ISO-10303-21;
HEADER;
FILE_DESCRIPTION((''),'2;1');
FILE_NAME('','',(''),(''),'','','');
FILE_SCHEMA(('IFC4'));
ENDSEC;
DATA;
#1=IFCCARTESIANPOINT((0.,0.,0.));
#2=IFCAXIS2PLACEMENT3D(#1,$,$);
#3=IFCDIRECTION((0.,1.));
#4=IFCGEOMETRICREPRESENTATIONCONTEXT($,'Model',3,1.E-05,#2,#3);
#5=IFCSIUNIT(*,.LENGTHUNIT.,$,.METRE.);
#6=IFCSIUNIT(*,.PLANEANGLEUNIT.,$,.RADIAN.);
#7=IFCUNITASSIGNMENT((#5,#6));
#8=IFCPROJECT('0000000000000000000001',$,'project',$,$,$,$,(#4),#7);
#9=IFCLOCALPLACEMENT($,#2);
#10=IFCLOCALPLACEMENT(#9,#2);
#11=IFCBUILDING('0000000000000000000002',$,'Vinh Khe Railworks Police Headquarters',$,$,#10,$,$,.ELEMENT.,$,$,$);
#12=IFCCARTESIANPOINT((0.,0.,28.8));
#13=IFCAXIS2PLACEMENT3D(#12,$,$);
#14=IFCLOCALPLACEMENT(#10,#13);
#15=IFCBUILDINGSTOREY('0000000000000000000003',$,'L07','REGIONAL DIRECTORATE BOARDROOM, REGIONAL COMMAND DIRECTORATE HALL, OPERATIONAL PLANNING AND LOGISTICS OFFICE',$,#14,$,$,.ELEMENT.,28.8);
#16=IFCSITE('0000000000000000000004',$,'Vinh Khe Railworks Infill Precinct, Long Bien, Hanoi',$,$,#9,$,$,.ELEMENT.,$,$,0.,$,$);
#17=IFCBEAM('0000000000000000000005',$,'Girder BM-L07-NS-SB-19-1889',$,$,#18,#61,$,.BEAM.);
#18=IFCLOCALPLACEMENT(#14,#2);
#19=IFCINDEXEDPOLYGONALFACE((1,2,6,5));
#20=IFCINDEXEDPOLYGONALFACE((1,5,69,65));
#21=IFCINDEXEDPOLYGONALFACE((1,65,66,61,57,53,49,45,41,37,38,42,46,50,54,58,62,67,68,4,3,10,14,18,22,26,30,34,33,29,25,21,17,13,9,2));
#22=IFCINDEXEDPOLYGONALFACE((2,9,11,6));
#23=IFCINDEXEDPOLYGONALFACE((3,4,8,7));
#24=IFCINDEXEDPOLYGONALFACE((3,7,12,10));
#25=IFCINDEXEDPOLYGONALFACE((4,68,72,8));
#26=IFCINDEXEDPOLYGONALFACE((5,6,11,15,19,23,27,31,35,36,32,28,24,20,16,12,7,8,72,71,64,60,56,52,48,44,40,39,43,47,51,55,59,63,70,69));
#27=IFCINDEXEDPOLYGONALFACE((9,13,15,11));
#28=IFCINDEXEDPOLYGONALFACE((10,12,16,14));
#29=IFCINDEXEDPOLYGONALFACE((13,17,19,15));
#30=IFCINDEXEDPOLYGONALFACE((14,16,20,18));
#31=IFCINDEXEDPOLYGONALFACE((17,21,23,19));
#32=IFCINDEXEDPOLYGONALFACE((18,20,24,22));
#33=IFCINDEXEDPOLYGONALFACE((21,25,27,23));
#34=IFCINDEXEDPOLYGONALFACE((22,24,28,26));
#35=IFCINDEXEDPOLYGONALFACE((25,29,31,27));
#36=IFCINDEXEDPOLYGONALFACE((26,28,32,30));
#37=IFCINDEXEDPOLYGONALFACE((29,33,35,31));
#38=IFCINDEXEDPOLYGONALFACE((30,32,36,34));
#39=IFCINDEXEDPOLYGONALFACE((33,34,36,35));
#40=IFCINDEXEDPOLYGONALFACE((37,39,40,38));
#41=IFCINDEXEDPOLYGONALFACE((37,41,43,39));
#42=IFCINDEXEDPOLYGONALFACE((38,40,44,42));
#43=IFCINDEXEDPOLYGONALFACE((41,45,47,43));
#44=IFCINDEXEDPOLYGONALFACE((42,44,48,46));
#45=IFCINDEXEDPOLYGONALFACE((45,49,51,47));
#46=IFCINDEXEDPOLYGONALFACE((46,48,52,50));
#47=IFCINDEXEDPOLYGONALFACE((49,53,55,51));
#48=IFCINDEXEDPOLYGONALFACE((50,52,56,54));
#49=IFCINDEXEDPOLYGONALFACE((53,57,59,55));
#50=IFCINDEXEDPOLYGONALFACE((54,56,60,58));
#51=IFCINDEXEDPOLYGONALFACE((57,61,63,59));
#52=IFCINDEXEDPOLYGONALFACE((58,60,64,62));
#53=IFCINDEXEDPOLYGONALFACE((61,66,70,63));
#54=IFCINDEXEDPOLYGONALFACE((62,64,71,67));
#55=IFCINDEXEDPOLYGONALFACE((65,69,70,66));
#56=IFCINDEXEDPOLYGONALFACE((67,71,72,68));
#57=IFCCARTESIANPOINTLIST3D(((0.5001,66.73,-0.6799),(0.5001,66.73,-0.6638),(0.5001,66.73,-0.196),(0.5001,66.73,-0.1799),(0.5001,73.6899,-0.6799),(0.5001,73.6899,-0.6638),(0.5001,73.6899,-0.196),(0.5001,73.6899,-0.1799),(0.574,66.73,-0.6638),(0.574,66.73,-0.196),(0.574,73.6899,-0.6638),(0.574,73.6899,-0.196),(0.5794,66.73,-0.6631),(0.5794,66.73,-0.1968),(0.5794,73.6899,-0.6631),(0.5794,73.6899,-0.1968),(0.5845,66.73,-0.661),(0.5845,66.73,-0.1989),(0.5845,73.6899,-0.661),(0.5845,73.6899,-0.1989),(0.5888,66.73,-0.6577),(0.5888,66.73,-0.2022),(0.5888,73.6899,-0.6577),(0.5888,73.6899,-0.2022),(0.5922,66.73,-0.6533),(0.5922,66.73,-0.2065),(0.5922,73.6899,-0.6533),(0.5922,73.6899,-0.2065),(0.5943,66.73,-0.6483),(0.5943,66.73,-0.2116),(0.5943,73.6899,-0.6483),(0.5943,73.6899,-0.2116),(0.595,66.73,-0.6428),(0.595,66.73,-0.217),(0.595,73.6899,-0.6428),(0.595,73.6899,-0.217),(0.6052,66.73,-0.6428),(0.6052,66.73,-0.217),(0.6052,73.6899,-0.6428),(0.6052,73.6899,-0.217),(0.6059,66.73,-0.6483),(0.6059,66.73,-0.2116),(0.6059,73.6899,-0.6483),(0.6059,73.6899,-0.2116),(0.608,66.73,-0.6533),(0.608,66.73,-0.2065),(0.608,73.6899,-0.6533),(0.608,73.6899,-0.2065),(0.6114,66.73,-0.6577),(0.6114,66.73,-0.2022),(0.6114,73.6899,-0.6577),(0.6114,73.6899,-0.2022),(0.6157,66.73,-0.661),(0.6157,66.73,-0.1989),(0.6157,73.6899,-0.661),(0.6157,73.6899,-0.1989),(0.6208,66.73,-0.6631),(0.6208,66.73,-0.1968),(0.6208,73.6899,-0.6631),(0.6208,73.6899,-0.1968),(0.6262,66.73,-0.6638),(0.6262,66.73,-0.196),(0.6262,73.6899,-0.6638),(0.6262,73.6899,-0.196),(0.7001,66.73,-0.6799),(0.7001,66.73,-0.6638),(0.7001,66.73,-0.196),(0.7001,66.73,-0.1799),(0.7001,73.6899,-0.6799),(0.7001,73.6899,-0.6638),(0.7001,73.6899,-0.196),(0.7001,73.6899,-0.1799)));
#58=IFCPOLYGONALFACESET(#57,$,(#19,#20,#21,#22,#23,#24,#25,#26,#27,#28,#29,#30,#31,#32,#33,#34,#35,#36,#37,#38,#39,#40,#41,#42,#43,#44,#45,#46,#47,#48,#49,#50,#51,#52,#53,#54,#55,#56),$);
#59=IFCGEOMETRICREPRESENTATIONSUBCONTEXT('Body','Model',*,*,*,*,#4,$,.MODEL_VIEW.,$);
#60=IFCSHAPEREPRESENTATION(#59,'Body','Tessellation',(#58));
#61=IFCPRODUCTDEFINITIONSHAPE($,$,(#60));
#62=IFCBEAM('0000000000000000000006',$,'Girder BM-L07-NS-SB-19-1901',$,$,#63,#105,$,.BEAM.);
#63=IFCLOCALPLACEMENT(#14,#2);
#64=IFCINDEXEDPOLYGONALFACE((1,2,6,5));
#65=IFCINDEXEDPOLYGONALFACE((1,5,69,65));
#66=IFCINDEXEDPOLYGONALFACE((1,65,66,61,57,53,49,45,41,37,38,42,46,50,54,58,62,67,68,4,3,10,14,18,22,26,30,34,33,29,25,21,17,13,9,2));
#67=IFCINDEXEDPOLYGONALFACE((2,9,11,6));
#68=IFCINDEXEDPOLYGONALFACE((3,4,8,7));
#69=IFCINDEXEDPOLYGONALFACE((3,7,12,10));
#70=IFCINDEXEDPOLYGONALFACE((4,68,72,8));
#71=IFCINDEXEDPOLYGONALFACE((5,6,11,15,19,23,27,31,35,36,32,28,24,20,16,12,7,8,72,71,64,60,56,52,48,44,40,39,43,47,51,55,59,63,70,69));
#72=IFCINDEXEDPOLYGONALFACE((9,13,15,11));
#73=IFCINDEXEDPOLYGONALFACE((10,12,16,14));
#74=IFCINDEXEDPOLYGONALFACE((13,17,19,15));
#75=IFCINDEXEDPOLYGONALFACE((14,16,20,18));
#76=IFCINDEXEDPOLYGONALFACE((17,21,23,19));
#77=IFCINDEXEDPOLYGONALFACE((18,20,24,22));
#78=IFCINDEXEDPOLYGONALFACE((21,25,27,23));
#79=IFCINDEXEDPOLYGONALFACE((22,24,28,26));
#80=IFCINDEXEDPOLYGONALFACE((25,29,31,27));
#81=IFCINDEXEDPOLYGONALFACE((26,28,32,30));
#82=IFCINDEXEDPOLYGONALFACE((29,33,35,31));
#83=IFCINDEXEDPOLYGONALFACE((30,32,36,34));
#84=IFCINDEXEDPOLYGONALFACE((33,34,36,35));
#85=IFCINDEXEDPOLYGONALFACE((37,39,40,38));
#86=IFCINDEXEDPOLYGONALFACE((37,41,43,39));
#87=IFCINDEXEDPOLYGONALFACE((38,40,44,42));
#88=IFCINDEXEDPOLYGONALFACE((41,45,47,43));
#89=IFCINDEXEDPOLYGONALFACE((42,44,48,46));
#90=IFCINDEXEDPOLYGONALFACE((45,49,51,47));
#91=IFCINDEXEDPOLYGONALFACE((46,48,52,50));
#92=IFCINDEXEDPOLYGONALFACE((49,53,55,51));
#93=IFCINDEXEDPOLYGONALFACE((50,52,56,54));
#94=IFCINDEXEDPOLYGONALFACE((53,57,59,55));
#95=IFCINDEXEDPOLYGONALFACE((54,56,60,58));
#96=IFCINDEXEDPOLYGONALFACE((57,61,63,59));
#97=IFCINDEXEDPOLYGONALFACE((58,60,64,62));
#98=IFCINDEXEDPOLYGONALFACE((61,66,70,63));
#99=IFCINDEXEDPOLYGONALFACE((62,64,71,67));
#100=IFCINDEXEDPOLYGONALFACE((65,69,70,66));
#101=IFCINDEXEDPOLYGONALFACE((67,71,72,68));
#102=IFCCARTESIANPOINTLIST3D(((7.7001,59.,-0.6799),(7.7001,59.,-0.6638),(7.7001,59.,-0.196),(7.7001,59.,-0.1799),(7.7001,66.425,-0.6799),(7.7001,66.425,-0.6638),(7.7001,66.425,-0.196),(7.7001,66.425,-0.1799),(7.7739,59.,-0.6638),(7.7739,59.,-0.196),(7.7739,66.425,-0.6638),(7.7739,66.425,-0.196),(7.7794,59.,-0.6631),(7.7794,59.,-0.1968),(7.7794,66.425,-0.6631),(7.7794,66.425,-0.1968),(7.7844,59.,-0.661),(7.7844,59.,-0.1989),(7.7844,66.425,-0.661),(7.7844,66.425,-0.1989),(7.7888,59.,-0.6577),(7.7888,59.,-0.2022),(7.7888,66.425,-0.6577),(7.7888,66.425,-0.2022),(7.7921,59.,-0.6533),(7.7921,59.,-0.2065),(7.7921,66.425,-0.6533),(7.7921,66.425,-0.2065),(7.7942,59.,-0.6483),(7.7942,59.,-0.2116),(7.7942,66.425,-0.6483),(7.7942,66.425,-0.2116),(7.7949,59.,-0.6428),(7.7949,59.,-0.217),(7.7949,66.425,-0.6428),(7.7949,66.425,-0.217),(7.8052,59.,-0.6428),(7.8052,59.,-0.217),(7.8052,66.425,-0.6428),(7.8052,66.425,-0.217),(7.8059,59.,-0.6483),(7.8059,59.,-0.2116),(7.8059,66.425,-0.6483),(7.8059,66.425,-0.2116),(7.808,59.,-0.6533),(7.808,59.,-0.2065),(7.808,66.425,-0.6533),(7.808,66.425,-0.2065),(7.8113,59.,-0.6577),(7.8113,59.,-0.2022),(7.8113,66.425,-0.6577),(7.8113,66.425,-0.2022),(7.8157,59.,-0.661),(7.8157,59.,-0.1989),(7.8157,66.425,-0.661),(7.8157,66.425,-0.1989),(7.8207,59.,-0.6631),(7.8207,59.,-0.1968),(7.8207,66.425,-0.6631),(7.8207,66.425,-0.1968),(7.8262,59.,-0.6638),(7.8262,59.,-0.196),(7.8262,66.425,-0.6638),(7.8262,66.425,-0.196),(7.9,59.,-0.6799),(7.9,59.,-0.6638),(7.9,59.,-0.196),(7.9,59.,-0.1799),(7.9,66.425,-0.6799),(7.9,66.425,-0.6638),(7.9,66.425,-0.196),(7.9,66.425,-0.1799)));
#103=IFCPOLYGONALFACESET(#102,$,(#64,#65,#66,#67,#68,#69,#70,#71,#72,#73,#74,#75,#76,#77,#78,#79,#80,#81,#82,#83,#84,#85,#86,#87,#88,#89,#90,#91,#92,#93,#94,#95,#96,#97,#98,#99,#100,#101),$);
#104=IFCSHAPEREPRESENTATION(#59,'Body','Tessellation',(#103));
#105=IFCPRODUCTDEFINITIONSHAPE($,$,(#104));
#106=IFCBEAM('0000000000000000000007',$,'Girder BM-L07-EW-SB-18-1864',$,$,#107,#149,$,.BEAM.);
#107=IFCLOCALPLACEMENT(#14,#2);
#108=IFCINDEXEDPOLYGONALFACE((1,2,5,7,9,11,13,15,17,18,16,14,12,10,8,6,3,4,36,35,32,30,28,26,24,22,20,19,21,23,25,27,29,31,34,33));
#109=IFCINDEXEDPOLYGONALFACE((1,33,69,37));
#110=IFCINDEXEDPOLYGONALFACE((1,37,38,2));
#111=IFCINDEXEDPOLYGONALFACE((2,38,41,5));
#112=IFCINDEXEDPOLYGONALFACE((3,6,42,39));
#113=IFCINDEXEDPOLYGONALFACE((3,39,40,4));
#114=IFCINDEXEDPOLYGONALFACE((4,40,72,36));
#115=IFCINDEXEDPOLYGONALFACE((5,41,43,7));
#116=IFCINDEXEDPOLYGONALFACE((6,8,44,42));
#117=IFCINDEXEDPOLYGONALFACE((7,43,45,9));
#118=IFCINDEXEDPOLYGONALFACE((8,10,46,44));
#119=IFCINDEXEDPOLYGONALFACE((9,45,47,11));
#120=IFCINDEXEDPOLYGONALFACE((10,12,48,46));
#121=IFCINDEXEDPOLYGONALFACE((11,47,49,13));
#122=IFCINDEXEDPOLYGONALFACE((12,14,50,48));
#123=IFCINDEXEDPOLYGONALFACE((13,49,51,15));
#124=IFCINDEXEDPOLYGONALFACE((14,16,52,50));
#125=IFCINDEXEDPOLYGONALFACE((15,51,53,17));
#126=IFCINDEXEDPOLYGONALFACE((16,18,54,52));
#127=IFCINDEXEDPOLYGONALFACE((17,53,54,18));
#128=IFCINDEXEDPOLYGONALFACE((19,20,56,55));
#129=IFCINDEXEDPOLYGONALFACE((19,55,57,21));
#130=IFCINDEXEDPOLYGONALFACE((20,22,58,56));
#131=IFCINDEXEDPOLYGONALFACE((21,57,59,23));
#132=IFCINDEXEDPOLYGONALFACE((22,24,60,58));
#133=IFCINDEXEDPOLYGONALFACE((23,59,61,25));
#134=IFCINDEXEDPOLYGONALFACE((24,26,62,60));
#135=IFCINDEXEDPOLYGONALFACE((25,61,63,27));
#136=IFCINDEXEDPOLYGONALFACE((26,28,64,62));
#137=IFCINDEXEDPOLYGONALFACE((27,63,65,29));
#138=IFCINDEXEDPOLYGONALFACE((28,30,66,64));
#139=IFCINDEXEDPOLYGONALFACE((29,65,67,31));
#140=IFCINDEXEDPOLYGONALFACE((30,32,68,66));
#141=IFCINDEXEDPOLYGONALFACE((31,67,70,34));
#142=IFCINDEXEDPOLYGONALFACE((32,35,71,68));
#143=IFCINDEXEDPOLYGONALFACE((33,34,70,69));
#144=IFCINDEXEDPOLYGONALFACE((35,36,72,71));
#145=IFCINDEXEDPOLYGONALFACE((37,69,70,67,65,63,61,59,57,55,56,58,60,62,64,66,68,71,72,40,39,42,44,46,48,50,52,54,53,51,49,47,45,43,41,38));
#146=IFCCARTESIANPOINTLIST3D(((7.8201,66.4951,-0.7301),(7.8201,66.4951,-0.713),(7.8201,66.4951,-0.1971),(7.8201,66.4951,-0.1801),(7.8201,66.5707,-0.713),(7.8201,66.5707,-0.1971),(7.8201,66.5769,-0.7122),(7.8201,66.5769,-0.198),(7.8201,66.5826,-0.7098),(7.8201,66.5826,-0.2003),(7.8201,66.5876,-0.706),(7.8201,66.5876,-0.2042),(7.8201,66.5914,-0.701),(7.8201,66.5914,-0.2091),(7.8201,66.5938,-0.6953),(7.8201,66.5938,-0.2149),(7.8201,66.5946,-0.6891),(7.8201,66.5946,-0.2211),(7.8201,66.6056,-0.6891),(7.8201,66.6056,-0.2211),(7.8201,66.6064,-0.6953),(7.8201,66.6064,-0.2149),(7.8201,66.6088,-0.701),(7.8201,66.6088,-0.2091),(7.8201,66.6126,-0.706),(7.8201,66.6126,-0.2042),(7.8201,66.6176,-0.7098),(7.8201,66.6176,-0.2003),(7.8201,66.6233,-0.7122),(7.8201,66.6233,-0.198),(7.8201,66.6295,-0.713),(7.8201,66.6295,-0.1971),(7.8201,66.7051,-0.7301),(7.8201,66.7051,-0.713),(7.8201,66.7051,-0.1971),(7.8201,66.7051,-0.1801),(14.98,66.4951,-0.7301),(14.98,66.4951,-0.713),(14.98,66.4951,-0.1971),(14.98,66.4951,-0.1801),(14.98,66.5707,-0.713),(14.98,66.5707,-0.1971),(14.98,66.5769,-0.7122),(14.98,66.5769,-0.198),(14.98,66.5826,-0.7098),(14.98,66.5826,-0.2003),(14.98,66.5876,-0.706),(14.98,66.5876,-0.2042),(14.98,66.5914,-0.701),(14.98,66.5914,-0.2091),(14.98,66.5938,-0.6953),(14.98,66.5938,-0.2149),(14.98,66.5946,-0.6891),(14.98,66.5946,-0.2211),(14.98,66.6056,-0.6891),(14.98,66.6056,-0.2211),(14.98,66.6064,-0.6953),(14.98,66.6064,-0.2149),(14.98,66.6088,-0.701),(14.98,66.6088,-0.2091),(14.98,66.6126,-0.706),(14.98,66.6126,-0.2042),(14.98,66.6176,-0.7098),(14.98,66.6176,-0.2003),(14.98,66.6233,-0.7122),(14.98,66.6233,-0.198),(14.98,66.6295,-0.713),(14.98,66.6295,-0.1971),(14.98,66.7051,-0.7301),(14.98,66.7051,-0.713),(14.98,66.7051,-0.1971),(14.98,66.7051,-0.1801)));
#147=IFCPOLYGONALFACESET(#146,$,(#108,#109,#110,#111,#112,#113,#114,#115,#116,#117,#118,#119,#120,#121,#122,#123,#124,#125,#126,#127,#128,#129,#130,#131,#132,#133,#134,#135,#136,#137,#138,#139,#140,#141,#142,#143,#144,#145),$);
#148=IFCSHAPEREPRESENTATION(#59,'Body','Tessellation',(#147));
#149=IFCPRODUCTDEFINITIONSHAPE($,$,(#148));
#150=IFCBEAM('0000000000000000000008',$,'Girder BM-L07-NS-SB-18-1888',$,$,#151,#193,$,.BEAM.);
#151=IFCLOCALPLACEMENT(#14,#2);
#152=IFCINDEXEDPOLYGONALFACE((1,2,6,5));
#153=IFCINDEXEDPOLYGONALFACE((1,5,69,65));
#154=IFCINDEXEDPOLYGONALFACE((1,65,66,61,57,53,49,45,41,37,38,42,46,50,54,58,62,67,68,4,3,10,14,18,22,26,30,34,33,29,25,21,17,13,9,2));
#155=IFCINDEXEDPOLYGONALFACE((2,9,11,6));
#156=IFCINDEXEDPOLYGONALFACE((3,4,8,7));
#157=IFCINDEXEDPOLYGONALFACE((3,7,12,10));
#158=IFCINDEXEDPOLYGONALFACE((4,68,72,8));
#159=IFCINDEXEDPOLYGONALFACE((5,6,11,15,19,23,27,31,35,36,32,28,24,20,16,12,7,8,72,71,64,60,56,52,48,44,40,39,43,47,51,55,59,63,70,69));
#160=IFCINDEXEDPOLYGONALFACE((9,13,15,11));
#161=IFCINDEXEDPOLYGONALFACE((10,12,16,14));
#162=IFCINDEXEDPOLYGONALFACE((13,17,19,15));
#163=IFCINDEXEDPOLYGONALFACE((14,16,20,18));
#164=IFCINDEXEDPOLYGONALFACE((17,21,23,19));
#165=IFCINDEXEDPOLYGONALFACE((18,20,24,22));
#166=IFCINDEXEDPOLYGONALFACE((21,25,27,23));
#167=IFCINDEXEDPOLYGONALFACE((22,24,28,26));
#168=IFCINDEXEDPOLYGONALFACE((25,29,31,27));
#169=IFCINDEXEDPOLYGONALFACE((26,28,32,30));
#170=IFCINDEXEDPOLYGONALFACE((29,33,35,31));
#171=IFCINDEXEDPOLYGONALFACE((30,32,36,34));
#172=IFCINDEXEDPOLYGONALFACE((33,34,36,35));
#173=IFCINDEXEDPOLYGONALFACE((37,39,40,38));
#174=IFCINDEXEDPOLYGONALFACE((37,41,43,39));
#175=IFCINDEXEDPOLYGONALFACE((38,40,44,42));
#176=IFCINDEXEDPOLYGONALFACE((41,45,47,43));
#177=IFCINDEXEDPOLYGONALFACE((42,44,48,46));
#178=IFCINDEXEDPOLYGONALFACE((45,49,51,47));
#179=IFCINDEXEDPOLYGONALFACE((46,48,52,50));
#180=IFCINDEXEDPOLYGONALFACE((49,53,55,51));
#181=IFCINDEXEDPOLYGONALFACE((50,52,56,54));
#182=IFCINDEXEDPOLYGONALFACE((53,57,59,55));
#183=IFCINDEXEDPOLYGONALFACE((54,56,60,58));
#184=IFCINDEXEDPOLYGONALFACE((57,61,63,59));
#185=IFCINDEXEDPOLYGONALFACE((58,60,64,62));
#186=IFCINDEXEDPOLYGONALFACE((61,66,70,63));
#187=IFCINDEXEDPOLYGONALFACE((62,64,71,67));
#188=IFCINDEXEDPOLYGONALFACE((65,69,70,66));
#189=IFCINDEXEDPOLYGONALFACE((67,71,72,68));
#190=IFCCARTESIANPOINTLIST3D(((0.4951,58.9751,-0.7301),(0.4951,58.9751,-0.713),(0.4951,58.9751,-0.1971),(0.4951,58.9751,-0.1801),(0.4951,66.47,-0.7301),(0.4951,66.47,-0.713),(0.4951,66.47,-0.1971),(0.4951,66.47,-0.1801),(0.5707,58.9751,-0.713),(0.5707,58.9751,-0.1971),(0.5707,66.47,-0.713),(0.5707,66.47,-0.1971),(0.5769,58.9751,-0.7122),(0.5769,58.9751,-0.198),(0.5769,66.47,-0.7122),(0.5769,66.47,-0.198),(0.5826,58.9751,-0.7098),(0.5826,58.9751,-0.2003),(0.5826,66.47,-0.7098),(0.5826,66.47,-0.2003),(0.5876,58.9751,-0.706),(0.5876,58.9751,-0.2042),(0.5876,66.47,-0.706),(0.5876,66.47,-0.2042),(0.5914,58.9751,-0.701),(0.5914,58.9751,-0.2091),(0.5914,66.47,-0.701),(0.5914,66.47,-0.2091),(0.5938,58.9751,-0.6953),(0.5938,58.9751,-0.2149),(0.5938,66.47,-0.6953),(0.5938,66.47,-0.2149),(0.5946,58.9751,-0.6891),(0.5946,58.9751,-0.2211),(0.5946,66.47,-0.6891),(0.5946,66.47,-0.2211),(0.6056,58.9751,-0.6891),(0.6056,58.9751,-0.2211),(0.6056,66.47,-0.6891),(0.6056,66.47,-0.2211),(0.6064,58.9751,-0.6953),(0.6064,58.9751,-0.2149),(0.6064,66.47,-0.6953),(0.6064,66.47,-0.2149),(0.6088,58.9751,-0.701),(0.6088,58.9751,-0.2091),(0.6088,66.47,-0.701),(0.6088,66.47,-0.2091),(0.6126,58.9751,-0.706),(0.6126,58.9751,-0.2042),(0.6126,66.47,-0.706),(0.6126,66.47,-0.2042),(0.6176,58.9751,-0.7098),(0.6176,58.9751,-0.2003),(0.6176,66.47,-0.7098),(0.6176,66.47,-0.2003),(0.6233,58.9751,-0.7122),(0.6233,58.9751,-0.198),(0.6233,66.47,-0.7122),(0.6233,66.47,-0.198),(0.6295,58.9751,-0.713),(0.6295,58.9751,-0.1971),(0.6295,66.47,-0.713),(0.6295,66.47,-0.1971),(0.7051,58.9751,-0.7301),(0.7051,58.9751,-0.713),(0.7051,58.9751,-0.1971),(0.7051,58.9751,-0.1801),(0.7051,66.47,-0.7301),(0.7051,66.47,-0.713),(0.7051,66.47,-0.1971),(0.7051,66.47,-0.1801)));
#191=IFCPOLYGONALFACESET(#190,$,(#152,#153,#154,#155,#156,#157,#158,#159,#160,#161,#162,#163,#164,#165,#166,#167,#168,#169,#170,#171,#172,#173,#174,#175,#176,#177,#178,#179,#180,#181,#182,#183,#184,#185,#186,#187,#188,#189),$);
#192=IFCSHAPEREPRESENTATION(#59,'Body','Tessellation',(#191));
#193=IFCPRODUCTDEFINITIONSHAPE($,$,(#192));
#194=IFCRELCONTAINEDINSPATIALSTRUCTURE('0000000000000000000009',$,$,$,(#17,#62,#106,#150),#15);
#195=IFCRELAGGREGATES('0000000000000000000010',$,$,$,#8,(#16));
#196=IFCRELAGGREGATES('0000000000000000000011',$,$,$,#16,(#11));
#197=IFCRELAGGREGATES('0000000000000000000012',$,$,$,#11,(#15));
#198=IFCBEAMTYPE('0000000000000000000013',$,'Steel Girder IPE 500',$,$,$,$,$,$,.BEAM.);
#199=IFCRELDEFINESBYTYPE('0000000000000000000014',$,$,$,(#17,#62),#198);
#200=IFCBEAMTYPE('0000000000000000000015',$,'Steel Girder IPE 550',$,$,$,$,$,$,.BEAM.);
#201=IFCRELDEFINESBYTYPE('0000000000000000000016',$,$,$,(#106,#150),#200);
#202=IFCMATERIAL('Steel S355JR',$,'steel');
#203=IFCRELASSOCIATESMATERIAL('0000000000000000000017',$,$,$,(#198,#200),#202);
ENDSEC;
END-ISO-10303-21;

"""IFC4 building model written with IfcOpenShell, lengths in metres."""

from ifc_helpers import new_model, si_unit, direction, frame, origin, origin_2d, place, context, subcontext, project, spatial, i_section, extrude, material, material_profile, profile_set, type_object, element, save


model = new_model("IFC4")

# Units and contexts
model_context = context("Model", 3, precision=1e-05, world=origin(), true_north=direction((0.0, 1.0)))
body_context = subcontext(model_context, "Body", "Model", "MODEL_VIEW")
ifc_project = project(units=[si_unit("LENGTHUNIT", "METRE"), si_unit("PLANEANGLEUNIT", "RADIAN")], contexts=[model_context])

# Site, building, storey
site_placement = place(None, origin())
site = spatial("IfcSite", under=ifc_project, at=site_placement, Name="Vinh Khe Railworks Infill Precinct, Long Bien, Hanoi", CompositionType="ELEMENT", RefElevation=0.0)
building_placement = place(site_placement, origin())
building = spatial("IfcBuilding", under=site, at=building_placement, Name="Vinh Khe Railworks Police Headquarters", CompositionType="ELEMENT")
storey_placement = place(building_placement, frame((0.0, 0.0, 28.8)))
storey = spatial("IfcBuildingStorey", under=building, at=storey_placement, Name="L07", Description="REGIONAL DIRECTORATE BOARDROOM, REGIONAL COMMAND DIRECTORATE HALL, OPERATIONAL PLANNING AND LOGISTICS OFFICE", CompositionType="ELEMENT", Elevation=28.8)

# Shared definitions
ifc_material_1 = material(Name="Steel S355JR", Category="steel")

# Beams
ifc_material_profile_1 = material_profile(ifc_material_1, i_section(OverallWidth=0.2, OverallDepth=0.5, WebThickness=0.0103, FlangeThickness=0.0161, FilletRadius=0.021, at=origin_2d()), Name="IPE 500")
ifc_profile_set_1 = profile_set([ifc_material_profile_1], Name="Steel S355JR")
beam_type_1 = type_object("IfcBeamType", Name="Steel Girder IPE 500", PredefinedType="BEAM", material=ifc_profile_set_1)
beam_1_placement = place(storey_placement, frame((0.6001, 66.73, -0.4299), z_axis=(0.0, 1.0, 0.0), x_axis=(-1.0, 0.0, 0.0)))
element("IfcBeam", 1, at=beam_1_placement, inside=storey, type_object=beam_type_1, Name="Girder BM-L07-NS-SB-19-1889", PredefinedType="BEAM", context=body_context, shape_type="SweptSolid", body=[
    extrude(i_section(OverallWidth=0.2, OverallDepth=0.5, WebThickness=0.0103, FlangeThickness=0.0161, FilletRadius=0.021, at=origin_2d()), origin(), (0.0, 0.0, 1.0), 6.96),
])
beam_2_placement = place(storey_placement, frame((7.8, 59.0, -0.4299), z_axis=(0.0, 1.0, 0.0), x_axis=(-1.0, 0.0, 0.0)))
element("IfcBeam", 2, at=beam_2_placement, inside=storey, type_object=beam_type_1, Name="Girder BM-L07-NS-SB-19-1901", PredefinedType="BEAM", context=body_context, shape_type="SweptSolid", body=[
    extrude(i_section(OverallWidth=0.2, OverallDepth=0.5, WebThickness=0.0103, FlangeThickness=0.0161, FilletRadius=0.021, at=origin_2d()), origin(), (0.0, 0.0, 1.0), 7.425),
])
ifc_material_profile_2 = material_profile(ifc_material_1, i_section(OverallWidth=0.21, OverallDepth=0.55, WebThickness=0.011, FlangeThickness=0.0171, FilletRadius=0.0239, at=origin_2d()), Name="IPE 550")
ifc_profile_set_2 = profile_set([ifc_material_profile_2], Name="Steel S355JR")
beam_type_2 = type_object("IfcBeamType", Name="Steel Girder IPE 550", PredefinedType="BEAM", material=ifc_profile_set_2)
beam_3_placement = place(storey_placement, frame((7.8201, 66.6001, -0.4551), z_axis=(1.0, 0.0, 0.0), x_axis=(0.0, 1.0, 0.0)))
element("IfcBeam", 3, at=beam_3_placement, inside=storey, type_object=beam_type_2, Name="Girder BM-L07-EW-SB-18-1864", PredefinedType="BEAM", context=body_context, shape_type="SweptSolid", body=[
    extrude(i_section(OverallWidth=0.21, OverallDepth=0.55, WebThickness=0.011, FlangeThickness=0.0171, FilletRadius=0.0239, at=origin_2d()), origin(), (0.0, 0.0, 1.0), 7.1599),
])
beam_4_placement = place(storey_placement, frame((0.6001, 58.9751, -0.4551), z_axis=(0.0, 1.0, 0.0), x_axis=(-1.0, 0.0, 0.0)))
element("IfcBeam", 4, at=beam_4_placement, inside=storey, type_object=beam_type_2, Name="Girder BM-L07-NS-SB-18-1888", PredefinedType="BEAM", context=body_context, shape_type="SweptSolid", body=[
    extrude(i_section(OverallWidth=0.21, OverallDepth=0.55, WebThickness=0.011, FlangeThickness=0.0171, FilletRadius=0.0239, at=origin_2d()), origin(), (0.0, 0.0, 1.0), 7.4949),
])

save(model, "model.ifc")
